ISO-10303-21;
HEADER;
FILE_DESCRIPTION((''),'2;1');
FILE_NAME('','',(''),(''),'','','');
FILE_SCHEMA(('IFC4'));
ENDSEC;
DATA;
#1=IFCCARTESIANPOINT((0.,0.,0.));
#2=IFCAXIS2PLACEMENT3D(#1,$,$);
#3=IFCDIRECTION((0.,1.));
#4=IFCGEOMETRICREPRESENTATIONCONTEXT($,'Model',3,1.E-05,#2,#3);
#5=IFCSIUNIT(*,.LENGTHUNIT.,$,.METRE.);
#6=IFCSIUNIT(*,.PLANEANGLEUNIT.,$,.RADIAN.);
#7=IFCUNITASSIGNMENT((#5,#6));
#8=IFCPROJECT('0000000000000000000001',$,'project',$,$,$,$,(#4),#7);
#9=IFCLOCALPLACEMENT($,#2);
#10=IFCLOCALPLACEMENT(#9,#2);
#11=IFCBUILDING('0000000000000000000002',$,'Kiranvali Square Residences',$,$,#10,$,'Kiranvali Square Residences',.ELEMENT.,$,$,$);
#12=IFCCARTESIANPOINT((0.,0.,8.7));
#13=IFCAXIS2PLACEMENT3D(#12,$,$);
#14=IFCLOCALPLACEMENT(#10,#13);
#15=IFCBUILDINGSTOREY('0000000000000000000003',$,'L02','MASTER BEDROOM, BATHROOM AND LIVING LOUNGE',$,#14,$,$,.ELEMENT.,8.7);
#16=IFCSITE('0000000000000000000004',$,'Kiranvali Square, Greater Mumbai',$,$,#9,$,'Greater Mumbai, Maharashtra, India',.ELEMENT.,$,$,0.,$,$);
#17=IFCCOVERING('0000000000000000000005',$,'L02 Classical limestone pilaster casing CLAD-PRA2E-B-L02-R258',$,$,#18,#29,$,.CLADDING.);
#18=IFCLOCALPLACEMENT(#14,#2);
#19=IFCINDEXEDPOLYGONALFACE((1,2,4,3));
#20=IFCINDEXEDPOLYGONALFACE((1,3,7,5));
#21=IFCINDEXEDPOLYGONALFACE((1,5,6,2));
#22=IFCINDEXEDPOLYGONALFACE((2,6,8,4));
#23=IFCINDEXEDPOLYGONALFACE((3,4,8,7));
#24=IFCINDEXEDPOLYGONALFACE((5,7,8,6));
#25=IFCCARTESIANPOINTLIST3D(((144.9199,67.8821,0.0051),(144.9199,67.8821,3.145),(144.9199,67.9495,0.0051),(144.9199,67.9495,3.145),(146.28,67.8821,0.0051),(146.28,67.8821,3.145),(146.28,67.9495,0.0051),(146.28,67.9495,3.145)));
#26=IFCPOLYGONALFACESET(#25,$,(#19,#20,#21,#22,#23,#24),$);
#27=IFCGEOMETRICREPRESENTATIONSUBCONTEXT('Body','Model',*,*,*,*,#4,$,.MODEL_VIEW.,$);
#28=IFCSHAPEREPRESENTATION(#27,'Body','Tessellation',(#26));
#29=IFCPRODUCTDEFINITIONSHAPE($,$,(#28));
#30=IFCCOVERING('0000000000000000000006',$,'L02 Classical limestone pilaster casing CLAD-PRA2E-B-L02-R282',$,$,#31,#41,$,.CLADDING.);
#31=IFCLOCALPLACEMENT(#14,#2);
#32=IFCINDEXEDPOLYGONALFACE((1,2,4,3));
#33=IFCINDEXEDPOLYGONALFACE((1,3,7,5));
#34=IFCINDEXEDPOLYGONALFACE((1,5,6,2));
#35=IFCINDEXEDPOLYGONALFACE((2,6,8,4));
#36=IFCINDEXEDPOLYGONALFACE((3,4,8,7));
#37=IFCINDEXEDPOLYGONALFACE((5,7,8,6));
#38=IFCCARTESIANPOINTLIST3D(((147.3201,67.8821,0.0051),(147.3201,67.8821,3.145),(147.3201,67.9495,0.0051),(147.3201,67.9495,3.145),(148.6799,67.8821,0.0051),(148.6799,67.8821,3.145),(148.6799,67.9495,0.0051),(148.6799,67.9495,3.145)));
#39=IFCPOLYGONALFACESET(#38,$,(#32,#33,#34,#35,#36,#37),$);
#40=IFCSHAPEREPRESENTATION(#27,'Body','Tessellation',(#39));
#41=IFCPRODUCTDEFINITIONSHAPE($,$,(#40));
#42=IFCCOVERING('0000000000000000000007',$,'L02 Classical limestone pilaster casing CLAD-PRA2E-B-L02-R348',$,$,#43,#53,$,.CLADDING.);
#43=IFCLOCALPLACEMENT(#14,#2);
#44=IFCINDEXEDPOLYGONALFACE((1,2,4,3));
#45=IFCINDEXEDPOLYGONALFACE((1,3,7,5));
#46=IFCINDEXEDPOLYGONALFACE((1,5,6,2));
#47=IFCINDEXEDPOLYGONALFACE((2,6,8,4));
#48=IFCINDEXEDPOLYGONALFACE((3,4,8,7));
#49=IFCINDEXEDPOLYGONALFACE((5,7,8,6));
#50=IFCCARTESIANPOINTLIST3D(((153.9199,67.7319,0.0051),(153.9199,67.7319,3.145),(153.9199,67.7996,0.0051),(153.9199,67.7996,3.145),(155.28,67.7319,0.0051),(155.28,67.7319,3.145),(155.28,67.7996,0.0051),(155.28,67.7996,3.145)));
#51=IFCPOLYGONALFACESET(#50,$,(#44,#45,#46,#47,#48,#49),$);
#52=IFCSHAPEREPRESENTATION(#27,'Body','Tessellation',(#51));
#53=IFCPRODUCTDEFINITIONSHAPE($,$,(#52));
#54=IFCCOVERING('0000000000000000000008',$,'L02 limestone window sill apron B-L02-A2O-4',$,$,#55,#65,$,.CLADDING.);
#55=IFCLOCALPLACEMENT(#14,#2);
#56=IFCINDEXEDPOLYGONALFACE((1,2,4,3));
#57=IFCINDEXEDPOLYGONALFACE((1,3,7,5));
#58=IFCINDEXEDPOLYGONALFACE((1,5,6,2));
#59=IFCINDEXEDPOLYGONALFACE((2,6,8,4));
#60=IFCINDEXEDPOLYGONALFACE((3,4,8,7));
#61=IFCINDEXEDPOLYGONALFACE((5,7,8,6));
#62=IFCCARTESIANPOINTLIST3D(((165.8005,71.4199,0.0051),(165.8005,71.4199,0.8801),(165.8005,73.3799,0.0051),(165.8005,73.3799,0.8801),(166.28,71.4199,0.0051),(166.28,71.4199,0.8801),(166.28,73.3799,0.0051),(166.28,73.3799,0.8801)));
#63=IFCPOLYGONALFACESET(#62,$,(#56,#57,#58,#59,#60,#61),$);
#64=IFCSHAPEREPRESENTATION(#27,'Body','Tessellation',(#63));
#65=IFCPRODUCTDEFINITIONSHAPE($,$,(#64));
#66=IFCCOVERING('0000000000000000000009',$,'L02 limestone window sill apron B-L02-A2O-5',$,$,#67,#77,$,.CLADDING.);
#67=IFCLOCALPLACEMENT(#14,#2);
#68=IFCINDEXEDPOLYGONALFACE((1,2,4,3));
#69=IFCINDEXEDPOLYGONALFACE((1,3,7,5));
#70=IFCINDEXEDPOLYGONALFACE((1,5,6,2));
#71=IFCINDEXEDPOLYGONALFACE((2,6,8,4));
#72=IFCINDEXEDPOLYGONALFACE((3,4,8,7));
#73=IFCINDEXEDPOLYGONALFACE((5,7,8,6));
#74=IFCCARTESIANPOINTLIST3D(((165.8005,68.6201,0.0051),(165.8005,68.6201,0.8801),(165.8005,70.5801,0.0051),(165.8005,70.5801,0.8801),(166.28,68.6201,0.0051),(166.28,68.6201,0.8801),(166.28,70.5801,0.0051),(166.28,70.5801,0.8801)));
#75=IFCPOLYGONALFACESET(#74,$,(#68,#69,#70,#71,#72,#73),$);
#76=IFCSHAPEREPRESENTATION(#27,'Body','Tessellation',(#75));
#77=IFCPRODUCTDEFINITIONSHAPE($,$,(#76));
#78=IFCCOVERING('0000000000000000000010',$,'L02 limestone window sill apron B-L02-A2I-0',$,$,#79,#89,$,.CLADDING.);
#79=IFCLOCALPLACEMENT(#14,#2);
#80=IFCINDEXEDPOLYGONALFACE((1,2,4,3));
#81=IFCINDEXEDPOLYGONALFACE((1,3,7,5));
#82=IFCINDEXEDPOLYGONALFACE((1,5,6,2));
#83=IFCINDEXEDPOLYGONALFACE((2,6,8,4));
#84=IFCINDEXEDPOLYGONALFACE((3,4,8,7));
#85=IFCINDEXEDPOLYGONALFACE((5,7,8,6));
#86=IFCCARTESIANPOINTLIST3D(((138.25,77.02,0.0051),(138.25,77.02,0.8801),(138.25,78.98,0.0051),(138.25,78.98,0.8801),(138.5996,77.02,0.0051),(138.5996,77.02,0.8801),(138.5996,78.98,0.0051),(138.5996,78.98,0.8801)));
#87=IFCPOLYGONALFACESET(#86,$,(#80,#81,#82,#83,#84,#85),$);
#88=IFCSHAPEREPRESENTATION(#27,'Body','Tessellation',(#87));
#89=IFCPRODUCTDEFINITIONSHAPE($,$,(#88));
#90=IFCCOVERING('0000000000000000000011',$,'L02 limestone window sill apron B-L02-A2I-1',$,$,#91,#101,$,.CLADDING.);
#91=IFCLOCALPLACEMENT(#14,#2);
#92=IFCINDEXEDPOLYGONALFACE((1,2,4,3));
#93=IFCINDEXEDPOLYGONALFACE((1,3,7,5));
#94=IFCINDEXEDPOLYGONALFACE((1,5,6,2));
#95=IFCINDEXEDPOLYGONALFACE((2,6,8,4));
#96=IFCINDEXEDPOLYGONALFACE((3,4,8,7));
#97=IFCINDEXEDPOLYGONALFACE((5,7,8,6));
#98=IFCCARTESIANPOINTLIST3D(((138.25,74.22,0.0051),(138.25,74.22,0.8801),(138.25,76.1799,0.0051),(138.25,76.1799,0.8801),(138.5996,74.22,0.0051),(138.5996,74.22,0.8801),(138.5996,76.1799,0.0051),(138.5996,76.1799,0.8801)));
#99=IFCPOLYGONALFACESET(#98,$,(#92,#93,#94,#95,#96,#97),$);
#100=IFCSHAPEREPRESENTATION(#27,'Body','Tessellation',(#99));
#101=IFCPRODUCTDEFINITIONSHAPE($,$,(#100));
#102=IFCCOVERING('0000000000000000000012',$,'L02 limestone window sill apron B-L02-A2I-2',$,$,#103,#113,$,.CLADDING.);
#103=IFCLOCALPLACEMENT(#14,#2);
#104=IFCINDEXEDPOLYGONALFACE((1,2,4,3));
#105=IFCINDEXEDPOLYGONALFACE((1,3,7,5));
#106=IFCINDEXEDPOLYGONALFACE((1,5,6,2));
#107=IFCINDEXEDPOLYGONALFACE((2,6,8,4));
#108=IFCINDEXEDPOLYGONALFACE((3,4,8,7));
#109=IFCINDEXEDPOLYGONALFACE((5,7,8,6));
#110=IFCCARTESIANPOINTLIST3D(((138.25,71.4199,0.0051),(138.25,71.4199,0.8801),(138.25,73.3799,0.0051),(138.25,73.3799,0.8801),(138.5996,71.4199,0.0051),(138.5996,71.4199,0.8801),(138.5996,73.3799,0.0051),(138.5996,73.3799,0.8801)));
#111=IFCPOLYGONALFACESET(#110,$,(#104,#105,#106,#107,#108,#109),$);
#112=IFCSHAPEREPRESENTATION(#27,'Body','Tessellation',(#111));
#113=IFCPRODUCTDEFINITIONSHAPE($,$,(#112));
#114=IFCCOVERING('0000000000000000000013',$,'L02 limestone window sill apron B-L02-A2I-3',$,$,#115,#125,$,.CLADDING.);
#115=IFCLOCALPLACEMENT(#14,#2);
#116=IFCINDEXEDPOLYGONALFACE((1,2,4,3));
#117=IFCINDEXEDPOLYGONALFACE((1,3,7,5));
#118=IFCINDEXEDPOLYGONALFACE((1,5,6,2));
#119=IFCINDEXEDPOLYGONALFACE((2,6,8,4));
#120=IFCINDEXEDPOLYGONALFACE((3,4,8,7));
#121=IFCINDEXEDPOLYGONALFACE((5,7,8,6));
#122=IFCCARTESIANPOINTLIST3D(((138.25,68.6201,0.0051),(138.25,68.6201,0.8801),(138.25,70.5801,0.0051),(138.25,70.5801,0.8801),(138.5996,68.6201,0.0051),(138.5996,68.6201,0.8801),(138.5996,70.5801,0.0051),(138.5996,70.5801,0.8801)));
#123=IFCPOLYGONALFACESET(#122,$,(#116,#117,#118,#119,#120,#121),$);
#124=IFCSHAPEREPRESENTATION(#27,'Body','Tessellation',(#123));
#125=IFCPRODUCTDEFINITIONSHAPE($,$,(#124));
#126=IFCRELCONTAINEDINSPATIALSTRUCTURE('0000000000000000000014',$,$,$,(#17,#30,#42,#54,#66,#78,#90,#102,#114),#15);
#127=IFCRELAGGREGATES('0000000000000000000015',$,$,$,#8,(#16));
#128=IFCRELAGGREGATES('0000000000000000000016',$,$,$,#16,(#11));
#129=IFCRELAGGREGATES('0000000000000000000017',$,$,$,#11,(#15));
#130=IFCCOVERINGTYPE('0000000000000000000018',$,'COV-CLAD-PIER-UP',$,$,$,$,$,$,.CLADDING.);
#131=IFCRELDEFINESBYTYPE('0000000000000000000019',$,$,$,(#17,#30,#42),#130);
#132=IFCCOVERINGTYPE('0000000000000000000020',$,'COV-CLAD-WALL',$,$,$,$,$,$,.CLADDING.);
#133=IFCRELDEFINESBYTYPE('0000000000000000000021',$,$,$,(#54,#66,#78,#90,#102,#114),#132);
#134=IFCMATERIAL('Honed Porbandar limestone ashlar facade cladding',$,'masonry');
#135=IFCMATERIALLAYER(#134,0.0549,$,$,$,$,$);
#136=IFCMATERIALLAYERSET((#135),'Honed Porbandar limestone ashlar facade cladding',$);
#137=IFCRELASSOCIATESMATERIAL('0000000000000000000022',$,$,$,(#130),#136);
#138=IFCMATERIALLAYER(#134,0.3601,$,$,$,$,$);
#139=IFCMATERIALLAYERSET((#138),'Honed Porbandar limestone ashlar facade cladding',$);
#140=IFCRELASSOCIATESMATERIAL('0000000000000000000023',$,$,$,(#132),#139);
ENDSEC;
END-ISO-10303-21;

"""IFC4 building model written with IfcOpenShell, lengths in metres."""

from ifc_helpers import new_model, si_unit, direction, frame, origin, place, context, subcontext, project, spatial, polyline, outline, extrude, material, layer, layer_set, type_object, element, save


model = new_model("IFC4")

# Units and contexts
model_context = context("Model", 3, precision=1e-05, world=origin(), true_north=direction((0.0, 1.0)))
body_context = subcontext(model_context, "Body", "Model", "MODEL_VIEW")
ifc_project = project(units=[si_unit("LENGTHUNIT", "METRE"), si_unit("PLANEANGLEUNIT", "RADIAN")], contexts=[model_context])

# Site, building, storey
site_placement = place(None, origin())
site = spatial("IfcSite", under=ifc_project, at=site_placement, Name="Kiranvali Square, Greater Mumbai", LongName="Greater Mumbai, Maharashtra, India", CompositionType="ELEMENT", RefElevation=0.0)
building_placement = place(site_placement, origin())
building = spatial("IfcBuilding", under=site, at=building_placement, Name="Kiranvali Square Residences", LongName="Kiranvali Square Residences", CompositionType="ELEMENT")
storey_placement = place(building_placement, frame((0.0, 0.0, 8.7)))
storey = spatial("IfcBuildingStorey", under=building, at=storey_placement, Name="L02", Description="MASTER BEDROOM, BATHROOM AND LIVING LOUNGE", CompositionType="ELEMENT", Elevation=8.7)

# Coverings
ifc_material = material(Name="Honed Porbandar limestone ashlar facade cladding", Category="masonry")
ifc_layer_1 = layer(ifc_material, 0.0549)
ifc_layer_set_1 = layer_set([ifc_layer_1], Name="Honed Porbandar limestone ashlar facade cladding")
covering_type_1 = type_object("IfcCoveringType", Name="COV-CLAD-PIER-UP", PredefinedType="CLADDING", material=ifc_layer_set_1)
covering_1_placement = place(storey_placement, frame((0.0, 0.0, 0.0051)))
element("IfcCovering", 1, at=covering_1_placement, inside=storey, type_object=covering_type_1, Name="L02 Classical limestone pilaster casing CLAD-PRA2E-B-L02-R258", PredefinedType="CLADDING", context=body_context, shape_type="SweptSolid", body=[
    extrude(outline(polyline([(144.9199, 67.8821), (146.28, 67.8821), (146.28, 67.9495), (144.9199, 67.9495), (144.9199, 67.8821)])), origin(), (0.0, 0.0, 1.0), 3.1399),
])
covering_2_placement = place(storey_placement, frame((0.0, 0.0, 0.0051)))
element("IfcCovering", 2, at=covering_2_placement, inside=storey, type_object=covering_type_1, Name="L02 Classical limestone pilaster casing CLAD-PRA2E-B-L02-R282", PredefinedType="CLADDING", context=body_context, shape_type="SweptSolid", body=[
    extrude(outline(polyline([(147.3201, 67.8821), (148.6799, 67.8821), (148.6799, 67.9495), (147.3201, 67.9495), (147.3201, 67.8821)])), origin(), (0.0, 0.0, 1.0), 3.1399),
])
covering_3_placement = place(storey_placement, frame((0.0, 0.0, 0.0051)))
element("IfcCovering", 3, at=covering_3_placement, inside=storey, type_object=covering_type_1, Name="L02 Classical limestone pilaster casing CLAD-PRA2E-B-L02-R348", PredefinedType="CLADDING", context=body_context, shape_type="SweptSolid", body=[
    extrude(outline(polyline([(153.9199, 67.7319), (155.28, 67.7319), (155.28, 67.7996), (153.9199, 67.7996), (153.9199, 67.7319)])), origin(), (0.0, 0.0, 1.0), 3.1399),
])
ifc_layer_2 = layer(ifc_material, 0.3601)
ifc_layer_set_2 = layer_set([ifc_layer_2], Name="Honed Porbandar limestone ashlar facade cladding")
covering_type_2 = type_object("IfcCoveringType", Name="COV-CLAD-WALL", PredefinedType="CLADDING", material=ifc_layer_set_2)
covering_4_placement = place(storey_placement, frame((0.0, 0.0, 0.0051)))
element("IfcCovering", 4, at=covering_4_placement, inside=storey, type_object=covering_type_2, Name="L02 limestone window sill apron B-L02-A2O-4", PredefinedType="CLADDING", context=body_context, shape_type="SweptSolid", body=[
    extrude(outline(polyline([(165.8005, 73.3799), (165.8005, 71.4199), (166.28, 71.4199), (166.28, 73.3799), (165.8005, 73.3799)])), origin(), (0.0, 0.0, 1.0), 0.875),
])
covering_5_placement = place(storey_placement, frame((0.0, 0.0, 0.0051)))
element("IfcCovering", 5, at=covering_5_placement, inside=storey, type_object=covering_type_2, Name="L02 limestone window sill apron B-L02-A2O-5", PredefinedType="CLADDING", context=body_context, shape_type="SweptSolid", body=[
    extrude(outline(polyline([(165.8005, 70.5801), (165.8005, 68.6201), (166.28, 68.6201), (166.28, 70.5801), (165.8005, 70.5801)])), origin(), (0.0, 0.0, 1.0), 0.875),
])
covering_6_placement = place(storey_placement, frame((0.0, 0.0, 0.0051)))
element("IfcCovering", 6, at=covering_6_placement, inside=storey, type_object=covering_type_2, Name="L02 limestone window sill apron B-L02-A2I-0", PredefinedType="CLADDING", context=body_context, shape_type="SweptSolid", body=[
    extrude(outline(polyline([(138.25, 78.98), (138.25, 77.02), (138.5996, 77.02), (138.5996, 78.98), (138.25, 78.98)])), origin(), (0.0, 0.0, 1.0), 0.875),
])
covering_7_placement = place(storey_placement, frame((0.0, 0.0, 0.0051)))
element("IfcCovering", 7, at=covering_7_placement, inside=storey, type_object=covering_type_2, Name="L02 limestone window sill apron B-L02-A2I-1", PredefinedType="CLADDING", context=body_context, shape_type="SweptSolid", body=[
    extrude(outline(polyline([(138.25, 76.1799), (138.25, 74.22), (138.5996, 74.22), (138.5996, 76.1799), (138.25, 76.1799)])), origin(), (0.0, 0.0, 1.0), 0.875),
])
covering_8_placement = place(storey_placement, frame((0.0, 0.0, 0.0051)))
element("IfcCovering", 8, at=covering_8_placement, inside=storey, type_object=covering_type_2, Name="L02 limestone window sill apron B-L02-A2I-2", PredefinedType="CLADDING", context=body_context, shape_type="SweptSolid", body=[
    extrude(outline(polyline([(138.25, 73.3799), (138.25, 71.4199), (138.5996, 71.4199), (138.5996, 73.3799), (138.25, 73.3799)])), origin(), (0.0, 0.0, 1.0), 0.875),
])
covering_9_placement = place(storey_placement, frame((0.0, 0.0, 0.0051)))
element("IfcCovering", 9, at=covering_9_placement, inside=storey, type_object=covering_type_2, Name="L02 limestone window sill apron B-L02-A2I-3", PredefinedType="CLADDING", context=body_context, shape_type="SweptSolid", body=[
    extrude(outline(polyline([(138.25, 70.5801), (138.25, 68.6201), (138.5996, 68.6201), (138.5996, 70.5801), (138.25, 70.5801)])), origin(), (0.0, 0.0, 1.0), 0.875),
])

save(model, "model.ifc")
